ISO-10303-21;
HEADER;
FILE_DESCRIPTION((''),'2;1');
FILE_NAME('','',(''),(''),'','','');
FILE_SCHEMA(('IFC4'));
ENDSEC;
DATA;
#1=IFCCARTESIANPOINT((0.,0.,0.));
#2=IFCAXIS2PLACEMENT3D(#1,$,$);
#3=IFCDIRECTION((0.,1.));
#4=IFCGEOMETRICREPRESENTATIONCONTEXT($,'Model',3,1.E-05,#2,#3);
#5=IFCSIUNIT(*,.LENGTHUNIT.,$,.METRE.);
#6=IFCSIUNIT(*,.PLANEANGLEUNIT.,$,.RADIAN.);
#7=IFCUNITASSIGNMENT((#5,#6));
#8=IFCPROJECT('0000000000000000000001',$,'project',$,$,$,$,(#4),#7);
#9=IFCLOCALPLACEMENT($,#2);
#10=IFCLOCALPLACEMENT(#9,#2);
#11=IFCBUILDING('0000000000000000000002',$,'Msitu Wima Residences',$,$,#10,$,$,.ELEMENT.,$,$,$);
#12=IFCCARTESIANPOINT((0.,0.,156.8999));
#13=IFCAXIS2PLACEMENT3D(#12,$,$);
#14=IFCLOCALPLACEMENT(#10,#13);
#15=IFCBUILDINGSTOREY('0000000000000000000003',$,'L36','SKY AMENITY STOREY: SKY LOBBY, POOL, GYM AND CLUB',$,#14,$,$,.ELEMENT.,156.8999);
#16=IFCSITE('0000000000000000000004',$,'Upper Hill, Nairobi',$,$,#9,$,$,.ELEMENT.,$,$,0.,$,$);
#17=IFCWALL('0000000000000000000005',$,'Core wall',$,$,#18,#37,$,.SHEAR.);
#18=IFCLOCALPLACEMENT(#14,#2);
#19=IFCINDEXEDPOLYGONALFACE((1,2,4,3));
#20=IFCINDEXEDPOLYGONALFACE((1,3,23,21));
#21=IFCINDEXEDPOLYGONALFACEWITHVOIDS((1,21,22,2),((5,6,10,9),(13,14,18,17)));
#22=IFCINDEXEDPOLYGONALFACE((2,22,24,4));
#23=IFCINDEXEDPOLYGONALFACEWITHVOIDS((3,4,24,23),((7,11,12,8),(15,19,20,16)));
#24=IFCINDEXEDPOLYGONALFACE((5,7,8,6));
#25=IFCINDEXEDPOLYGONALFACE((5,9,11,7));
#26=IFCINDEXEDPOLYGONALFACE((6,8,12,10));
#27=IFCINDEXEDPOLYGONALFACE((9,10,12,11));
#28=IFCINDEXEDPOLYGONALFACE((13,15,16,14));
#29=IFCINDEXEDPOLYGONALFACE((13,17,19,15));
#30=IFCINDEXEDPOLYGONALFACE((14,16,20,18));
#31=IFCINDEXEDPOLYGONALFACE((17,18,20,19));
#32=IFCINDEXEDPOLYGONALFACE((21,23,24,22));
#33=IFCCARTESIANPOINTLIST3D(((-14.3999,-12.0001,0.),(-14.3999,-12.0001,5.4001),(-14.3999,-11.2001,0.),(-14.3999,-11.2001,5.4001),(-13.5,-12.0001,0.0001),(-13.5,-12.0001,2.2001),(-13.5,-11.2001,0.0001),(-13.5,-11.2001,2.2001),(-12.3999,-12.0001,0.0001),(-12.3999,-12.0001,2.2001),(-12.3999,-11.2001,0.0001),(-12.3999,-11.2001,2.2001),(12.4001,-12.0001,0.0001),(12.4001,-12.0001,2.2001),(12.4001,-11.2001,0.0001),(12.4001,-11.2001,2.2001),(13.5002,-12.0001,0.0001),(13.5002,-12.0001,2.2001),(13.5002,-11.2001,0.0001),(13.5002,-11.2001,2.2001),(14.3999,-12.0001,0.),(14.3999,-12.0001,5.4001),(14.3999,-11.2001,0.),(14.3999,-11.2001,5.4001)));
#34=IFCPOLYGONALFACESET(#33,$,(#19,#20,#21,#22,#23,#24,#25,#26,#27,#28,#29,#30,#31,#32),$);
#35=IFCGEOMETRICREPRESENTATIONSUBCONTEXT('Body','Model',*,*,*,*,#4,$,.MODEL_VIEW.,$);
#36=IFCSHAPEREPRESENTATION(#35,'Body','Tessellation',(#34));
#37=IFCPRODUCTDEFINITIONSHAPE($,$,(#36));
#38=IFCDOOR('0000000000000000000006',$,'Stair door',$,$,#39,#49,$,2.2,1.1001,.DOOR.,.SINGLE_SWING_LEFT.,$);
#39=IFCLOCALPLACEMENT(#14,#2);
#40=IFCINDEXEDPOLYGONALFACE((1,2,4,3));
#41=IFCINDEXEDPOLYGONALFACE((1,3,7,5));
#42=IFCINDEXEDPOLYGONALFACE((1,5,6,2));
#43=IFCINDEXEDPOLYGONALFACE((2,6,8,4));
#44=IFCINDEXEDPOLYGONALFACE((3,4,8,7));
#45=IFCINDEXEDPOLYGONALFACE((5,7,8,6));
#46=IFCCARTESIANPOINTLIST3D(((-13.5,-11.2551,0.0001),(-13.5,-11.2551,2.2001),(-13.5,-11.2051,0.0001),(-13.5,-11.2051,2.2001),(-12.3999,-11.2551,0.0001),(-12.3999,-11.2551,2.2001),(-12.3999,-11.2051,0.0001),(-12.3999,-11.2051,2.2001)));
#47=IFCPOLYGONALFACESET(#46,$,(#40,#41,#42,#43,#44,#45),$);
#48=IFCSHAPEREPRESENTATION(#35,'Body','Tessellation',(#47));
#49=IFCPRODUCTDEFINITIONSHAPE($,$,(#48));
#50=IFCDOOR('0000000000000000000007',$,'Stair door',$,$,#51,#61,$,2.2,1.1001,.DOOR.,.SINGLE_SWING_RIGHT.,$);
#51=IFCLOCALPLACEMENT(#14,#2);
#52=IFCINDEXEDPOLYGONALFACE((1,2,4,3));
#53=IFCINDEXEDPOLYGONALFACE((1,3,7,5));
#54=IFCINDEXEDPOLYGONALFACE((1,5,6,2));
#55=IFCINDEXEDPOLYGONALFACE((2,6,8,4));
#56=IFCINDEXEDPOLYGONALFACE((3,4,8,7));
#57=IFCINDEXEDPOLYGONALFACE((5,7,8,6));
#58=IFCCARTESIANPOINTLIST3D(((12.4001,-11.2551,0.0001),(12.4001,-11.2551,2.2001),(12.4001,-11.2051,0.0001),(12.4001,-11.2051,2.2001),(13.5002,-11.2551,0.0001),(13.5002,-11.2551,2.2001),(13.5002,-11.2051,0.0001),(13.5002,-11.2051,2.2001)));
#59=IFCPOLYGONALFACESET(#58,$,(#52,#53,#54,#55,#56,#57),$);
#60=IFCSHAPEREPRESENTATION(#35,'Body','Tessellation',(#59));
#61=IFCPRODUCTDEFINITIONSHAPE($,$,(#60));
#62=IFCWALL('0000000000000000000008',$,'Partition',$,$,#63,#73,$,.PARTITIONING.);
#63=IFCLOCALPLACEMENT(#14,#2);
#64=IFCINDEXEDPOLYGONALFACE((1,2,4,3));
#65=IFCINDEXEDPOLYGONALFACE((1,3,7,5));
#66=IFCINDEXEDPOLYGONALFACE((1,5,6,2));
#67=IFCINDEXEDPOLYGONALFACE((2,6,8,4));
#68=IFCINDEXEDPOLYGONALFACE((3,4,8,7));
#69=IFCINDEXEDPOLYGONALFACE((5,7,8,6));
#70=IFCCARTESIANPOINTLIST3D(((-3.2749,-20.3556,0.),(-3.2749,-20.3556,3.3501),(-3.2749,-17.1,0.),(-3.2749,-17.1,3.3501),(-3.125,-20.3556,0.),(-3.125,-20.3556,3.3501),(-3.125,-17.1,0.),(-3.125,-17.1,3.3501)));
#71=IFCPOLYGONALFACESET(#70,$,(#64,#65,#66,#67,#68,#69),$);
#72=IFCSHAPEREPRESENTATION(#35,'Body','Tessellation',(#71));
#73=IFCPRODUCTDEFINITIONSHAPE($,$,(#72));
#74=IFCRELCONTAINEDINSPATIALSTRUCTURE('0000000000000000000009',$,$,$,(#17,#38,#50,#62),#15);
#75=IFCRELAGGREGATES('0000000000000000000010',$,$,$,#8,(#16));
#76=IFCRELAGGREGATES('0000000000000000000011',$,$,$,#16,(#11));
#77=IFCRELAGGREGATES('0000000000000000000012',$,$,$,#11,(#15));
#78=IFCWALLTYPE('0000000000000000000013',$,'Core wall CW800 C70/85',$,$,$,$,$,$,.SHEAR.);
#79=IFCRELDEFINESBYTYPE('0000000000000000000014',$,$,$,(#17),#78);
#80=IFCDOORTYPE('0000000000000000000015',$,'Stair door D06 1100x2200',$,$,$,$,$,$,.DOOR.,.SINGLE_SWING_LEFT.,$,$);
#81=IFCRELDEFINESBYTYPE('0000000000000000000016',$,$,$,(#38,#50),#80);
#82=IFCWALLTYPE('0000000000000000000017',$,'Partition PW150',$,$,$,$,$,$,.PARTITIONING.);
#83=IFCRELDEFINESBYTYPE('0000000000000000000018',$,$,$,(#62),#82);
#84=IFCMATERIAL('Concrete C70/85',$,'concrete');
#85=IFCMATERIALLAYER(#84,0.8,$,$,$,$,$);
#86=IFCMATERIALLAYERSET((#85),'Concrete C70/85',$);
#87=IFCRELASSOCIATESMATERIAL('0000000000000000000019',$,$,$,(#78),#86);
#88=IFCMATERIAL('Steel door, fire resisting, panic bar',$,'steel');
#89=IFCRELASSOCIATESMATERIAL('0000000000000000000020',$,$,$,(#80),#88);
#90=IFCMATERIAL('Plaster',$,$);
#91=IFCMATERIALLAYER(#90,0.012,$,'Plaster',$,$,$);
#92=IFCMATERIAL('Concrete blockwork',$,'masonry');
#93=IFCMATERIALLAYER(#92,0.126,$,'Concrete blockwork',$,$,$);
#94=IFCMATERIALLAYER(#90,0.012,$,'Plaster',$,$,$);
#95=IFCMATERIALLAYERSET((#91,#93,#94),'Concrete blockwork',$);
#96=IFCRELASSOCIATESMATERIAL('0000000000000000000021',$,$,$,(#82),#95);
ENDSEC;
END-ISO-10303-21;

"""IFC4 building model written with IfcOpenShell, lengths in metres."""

from ifc_helpers import new_model, si_unit, direction, frame, frame_2d, origin, place, context, subcontext, project, spatial, rectangle, extrude, material, layer, layer_set, type_object, element, fill, save


model = new_model("IFC4")

# Units and contexts
model_context = context("Model", 3, precision=1e-05, world=origin(), true_north=direction((0.0, 1.0)))
body_context = subcontext(model_context, "Body", "Model", "MODEL_VIEW")
ifc_project = project(units=[si_unit("LENGTHUNIT", "METRE"), si_unit("PLANEANGLEUNIT", "RADIAN")], contexts=[model_context])

# Site, building, storey
site_placement = place(None, origin())
site = spatial("IfcSite", under=ifc_project, at=site_placement, Name="Upper Hill, Nairobi", CompositionType="ELEMENT", RefElevation=0.0)
building_placement = place(site_placement, origin())
building = spatial("IfcBuilding", under=site, at=building_placement, Name="Msitu Wima Residences", CompositionType="ELEMENT")
storey_placement = place(building_placement, frame((0.0, 0.0, 156.8999)))
storey = spatial("IfcBuildingStorey", under=building, at=storey_placement, Name="L36", Description="SKY AMENITY STOREY: SKY LOBBY, POOL, GYM AND CLUB", CompositionType="ELEMENT", Elevation=156.8999)

# Wall, openings, doors
ifc_material_1 = material(Name="Concrete C70/85", Category="concrete")
ifc_layer_1 = layer(ifc_material_1, 0.8)
ifc_layer_set_1 = layer_set([ifc_layer_1], Name="Concrete C70/85")
wall_type_1 = type_object("IfcWallType", Name="Core wall CW800 C70/85", PredefinedType="SHEAR", material=ifc_layer_set_1)
wall_1_placement = place(storey_placement, frame((-14.3999, -11.6001, 0.0), z_axis=(0.0, 0.0, 1.0), x_axis=(1.0, 0.0, 0.0)))
wall_1 = element("IfcWall", 1, at=wall_1_placement, inside=storey, type_object=wall_type_1, Name="Core wall", PredefinedType="SHEAR", context=body_context, shape_type="SweptSolid", body=[
    extrude(rectangle(XDim=28.7998, YDim=0.8, at=frame_2d((14.3999, 0.0))), origin(), (0.0, 0.0, 1.0), 5.4001),
])
opening_1_placement = place(wall_1_placement, frame((0.8999, 0.0, 0.0)))
opening_1 = element("IfcOpeningElement", 2, at=opening_1_placement, cuts=wall_1, PredefinedType="OPENING", context=body_context, shape_type="SweptSolid", body=[
    extrude(rectangle(XDim=1.1001, YDim=2.2, at=frame_2d((0.55, 1.1001))), frame((0.0, 0.4099, 0.0), z_axis=(0.0, -1.0, 0.0), x_axis=(1.0, 0.0, 0.0)), (0.0, 0.0, 1.0), 0.8201),
])
opening_2_placement = place(wall_1_placement, frame((26.8, 0.0, 0.0)))
opening_2 = element("IfcOpeningElement", 3, at=opening_2_placement, cuts=wall_1, PredefinedType="OPENING", context=body_context, shape_type="SweptSolid", body=[
    extrude(rectangle(XDim=1.1001, YDim=2.2, at=frame_2d((0.55, 1.1001))), frame((0.0, 0.4099, 0.0), z_axis=(0.0, -1.0, 0.0), x_axis=(1.0, 0.0, 0.0)), (0.0, 0.0, 1.0), 0.8201),
])
ifc_material_2 = material(Name="Steel door, fire resisting, panic bar", Category="steel")
door_type_1 = type_object("IfcDoorType", Name="Stair door D06 1100x2200", OperationType="SINGLE_SWING_LEFT", PredefinedType="DOOR", material=ifc_material_2)
door_1_placement = place(opening_1_placement, origin())
door_1 = element("IfcDoor", 4, at=door_1_placement, inside=storey, type_object=door_type_1, Name="Stair door", OperationType="SINGLE_SWING_LEFT", OverallHeight=2.2, OverallWidth=1.1001, PredefinedType="DOOR", context=body_context, shape_type="SweptSolid", body=[
    extrude(rectangle(XDim=1.1001, YDim=2.2, at=frame_2d((0.55, 1.1001))), frame((0.0, 0.395, 0.0), z_axis=(0.0, -1.0, 0.0), x_axis=(1.0, 0.0, 0.0)), (0.0, 0.0, 1.0), 0.05),
])
fill(opening_1, door_1)
door_2_placement = place(opening_2_placement, origin())
door_2 = element("IfcDoor", 5, at=door_2_placement, inside=storey, type_object=door_type_1, Name="Stair door", OperationType="SINGLE_SWING_RIGHT", OverallHeight=2.2, OverallWidth=1.1001, PredefinedType="DOOR", context=body_context, shape_type="SweptSolid", body=[
    extrude(rectangle(XDim=1.1001, YDim=2.2, at=frame_2d((0.55, 1.1001))), frame((0.0, 0.395, 0.0), z_axis=(0.0, -1.0, 0.0), x_axis=(1.0, 0.0, 0.0)), (0.0, 0.0, 1.0), 0.05),
])
fill(opening_2, door_2)

# Wall
ifc_material_3 = material(Name="Plaster")
ifc_layer_2 = layer(ifc_material_3, 0.012, Name="Plaster")
ifc_material_4 = material(Name="Concrete blockwork", Category="masonry")
ifc_layer_3 = layer(ifc_material_4, 0.126, Name="Concrete blockwork")
ifc_layer_4 = layer(ifc_material_3, 0.012, Name="Plaster")
ifc_layer_set_2 = layer_set([ifc_layer_2, ifc_layer_3, ifc_layer_4], Name="Concrete blockwork")
wall_type_2 = type_object("IfcWallType", Name="Partition PW150", PredefinedType="PARTITIONING", material=ifc_layer_set_2)
wall_2_placement = place(storey_placement, frame((-3.2, -20.3557, 0.0), z_axis=(0.0, 0.0, 1.0), x_axis=(0.0, 1.0, 0.0)))
element("IfcWall", 6, at=wall_2_placement, inside=storey, type_object=wall_type_2, Name="Partition", PredefinedType="PARTITIONING", context=body_context, shape_type="SweptSolid", body=[
    extrude(rectangle(XDim=3.2556, YDim=0.1499, at=frame_2d((1.6279, 0.0))), origin(), (0.0, 0.0, 1.0), 3.3501),
])

save(model, "model.ifc")
